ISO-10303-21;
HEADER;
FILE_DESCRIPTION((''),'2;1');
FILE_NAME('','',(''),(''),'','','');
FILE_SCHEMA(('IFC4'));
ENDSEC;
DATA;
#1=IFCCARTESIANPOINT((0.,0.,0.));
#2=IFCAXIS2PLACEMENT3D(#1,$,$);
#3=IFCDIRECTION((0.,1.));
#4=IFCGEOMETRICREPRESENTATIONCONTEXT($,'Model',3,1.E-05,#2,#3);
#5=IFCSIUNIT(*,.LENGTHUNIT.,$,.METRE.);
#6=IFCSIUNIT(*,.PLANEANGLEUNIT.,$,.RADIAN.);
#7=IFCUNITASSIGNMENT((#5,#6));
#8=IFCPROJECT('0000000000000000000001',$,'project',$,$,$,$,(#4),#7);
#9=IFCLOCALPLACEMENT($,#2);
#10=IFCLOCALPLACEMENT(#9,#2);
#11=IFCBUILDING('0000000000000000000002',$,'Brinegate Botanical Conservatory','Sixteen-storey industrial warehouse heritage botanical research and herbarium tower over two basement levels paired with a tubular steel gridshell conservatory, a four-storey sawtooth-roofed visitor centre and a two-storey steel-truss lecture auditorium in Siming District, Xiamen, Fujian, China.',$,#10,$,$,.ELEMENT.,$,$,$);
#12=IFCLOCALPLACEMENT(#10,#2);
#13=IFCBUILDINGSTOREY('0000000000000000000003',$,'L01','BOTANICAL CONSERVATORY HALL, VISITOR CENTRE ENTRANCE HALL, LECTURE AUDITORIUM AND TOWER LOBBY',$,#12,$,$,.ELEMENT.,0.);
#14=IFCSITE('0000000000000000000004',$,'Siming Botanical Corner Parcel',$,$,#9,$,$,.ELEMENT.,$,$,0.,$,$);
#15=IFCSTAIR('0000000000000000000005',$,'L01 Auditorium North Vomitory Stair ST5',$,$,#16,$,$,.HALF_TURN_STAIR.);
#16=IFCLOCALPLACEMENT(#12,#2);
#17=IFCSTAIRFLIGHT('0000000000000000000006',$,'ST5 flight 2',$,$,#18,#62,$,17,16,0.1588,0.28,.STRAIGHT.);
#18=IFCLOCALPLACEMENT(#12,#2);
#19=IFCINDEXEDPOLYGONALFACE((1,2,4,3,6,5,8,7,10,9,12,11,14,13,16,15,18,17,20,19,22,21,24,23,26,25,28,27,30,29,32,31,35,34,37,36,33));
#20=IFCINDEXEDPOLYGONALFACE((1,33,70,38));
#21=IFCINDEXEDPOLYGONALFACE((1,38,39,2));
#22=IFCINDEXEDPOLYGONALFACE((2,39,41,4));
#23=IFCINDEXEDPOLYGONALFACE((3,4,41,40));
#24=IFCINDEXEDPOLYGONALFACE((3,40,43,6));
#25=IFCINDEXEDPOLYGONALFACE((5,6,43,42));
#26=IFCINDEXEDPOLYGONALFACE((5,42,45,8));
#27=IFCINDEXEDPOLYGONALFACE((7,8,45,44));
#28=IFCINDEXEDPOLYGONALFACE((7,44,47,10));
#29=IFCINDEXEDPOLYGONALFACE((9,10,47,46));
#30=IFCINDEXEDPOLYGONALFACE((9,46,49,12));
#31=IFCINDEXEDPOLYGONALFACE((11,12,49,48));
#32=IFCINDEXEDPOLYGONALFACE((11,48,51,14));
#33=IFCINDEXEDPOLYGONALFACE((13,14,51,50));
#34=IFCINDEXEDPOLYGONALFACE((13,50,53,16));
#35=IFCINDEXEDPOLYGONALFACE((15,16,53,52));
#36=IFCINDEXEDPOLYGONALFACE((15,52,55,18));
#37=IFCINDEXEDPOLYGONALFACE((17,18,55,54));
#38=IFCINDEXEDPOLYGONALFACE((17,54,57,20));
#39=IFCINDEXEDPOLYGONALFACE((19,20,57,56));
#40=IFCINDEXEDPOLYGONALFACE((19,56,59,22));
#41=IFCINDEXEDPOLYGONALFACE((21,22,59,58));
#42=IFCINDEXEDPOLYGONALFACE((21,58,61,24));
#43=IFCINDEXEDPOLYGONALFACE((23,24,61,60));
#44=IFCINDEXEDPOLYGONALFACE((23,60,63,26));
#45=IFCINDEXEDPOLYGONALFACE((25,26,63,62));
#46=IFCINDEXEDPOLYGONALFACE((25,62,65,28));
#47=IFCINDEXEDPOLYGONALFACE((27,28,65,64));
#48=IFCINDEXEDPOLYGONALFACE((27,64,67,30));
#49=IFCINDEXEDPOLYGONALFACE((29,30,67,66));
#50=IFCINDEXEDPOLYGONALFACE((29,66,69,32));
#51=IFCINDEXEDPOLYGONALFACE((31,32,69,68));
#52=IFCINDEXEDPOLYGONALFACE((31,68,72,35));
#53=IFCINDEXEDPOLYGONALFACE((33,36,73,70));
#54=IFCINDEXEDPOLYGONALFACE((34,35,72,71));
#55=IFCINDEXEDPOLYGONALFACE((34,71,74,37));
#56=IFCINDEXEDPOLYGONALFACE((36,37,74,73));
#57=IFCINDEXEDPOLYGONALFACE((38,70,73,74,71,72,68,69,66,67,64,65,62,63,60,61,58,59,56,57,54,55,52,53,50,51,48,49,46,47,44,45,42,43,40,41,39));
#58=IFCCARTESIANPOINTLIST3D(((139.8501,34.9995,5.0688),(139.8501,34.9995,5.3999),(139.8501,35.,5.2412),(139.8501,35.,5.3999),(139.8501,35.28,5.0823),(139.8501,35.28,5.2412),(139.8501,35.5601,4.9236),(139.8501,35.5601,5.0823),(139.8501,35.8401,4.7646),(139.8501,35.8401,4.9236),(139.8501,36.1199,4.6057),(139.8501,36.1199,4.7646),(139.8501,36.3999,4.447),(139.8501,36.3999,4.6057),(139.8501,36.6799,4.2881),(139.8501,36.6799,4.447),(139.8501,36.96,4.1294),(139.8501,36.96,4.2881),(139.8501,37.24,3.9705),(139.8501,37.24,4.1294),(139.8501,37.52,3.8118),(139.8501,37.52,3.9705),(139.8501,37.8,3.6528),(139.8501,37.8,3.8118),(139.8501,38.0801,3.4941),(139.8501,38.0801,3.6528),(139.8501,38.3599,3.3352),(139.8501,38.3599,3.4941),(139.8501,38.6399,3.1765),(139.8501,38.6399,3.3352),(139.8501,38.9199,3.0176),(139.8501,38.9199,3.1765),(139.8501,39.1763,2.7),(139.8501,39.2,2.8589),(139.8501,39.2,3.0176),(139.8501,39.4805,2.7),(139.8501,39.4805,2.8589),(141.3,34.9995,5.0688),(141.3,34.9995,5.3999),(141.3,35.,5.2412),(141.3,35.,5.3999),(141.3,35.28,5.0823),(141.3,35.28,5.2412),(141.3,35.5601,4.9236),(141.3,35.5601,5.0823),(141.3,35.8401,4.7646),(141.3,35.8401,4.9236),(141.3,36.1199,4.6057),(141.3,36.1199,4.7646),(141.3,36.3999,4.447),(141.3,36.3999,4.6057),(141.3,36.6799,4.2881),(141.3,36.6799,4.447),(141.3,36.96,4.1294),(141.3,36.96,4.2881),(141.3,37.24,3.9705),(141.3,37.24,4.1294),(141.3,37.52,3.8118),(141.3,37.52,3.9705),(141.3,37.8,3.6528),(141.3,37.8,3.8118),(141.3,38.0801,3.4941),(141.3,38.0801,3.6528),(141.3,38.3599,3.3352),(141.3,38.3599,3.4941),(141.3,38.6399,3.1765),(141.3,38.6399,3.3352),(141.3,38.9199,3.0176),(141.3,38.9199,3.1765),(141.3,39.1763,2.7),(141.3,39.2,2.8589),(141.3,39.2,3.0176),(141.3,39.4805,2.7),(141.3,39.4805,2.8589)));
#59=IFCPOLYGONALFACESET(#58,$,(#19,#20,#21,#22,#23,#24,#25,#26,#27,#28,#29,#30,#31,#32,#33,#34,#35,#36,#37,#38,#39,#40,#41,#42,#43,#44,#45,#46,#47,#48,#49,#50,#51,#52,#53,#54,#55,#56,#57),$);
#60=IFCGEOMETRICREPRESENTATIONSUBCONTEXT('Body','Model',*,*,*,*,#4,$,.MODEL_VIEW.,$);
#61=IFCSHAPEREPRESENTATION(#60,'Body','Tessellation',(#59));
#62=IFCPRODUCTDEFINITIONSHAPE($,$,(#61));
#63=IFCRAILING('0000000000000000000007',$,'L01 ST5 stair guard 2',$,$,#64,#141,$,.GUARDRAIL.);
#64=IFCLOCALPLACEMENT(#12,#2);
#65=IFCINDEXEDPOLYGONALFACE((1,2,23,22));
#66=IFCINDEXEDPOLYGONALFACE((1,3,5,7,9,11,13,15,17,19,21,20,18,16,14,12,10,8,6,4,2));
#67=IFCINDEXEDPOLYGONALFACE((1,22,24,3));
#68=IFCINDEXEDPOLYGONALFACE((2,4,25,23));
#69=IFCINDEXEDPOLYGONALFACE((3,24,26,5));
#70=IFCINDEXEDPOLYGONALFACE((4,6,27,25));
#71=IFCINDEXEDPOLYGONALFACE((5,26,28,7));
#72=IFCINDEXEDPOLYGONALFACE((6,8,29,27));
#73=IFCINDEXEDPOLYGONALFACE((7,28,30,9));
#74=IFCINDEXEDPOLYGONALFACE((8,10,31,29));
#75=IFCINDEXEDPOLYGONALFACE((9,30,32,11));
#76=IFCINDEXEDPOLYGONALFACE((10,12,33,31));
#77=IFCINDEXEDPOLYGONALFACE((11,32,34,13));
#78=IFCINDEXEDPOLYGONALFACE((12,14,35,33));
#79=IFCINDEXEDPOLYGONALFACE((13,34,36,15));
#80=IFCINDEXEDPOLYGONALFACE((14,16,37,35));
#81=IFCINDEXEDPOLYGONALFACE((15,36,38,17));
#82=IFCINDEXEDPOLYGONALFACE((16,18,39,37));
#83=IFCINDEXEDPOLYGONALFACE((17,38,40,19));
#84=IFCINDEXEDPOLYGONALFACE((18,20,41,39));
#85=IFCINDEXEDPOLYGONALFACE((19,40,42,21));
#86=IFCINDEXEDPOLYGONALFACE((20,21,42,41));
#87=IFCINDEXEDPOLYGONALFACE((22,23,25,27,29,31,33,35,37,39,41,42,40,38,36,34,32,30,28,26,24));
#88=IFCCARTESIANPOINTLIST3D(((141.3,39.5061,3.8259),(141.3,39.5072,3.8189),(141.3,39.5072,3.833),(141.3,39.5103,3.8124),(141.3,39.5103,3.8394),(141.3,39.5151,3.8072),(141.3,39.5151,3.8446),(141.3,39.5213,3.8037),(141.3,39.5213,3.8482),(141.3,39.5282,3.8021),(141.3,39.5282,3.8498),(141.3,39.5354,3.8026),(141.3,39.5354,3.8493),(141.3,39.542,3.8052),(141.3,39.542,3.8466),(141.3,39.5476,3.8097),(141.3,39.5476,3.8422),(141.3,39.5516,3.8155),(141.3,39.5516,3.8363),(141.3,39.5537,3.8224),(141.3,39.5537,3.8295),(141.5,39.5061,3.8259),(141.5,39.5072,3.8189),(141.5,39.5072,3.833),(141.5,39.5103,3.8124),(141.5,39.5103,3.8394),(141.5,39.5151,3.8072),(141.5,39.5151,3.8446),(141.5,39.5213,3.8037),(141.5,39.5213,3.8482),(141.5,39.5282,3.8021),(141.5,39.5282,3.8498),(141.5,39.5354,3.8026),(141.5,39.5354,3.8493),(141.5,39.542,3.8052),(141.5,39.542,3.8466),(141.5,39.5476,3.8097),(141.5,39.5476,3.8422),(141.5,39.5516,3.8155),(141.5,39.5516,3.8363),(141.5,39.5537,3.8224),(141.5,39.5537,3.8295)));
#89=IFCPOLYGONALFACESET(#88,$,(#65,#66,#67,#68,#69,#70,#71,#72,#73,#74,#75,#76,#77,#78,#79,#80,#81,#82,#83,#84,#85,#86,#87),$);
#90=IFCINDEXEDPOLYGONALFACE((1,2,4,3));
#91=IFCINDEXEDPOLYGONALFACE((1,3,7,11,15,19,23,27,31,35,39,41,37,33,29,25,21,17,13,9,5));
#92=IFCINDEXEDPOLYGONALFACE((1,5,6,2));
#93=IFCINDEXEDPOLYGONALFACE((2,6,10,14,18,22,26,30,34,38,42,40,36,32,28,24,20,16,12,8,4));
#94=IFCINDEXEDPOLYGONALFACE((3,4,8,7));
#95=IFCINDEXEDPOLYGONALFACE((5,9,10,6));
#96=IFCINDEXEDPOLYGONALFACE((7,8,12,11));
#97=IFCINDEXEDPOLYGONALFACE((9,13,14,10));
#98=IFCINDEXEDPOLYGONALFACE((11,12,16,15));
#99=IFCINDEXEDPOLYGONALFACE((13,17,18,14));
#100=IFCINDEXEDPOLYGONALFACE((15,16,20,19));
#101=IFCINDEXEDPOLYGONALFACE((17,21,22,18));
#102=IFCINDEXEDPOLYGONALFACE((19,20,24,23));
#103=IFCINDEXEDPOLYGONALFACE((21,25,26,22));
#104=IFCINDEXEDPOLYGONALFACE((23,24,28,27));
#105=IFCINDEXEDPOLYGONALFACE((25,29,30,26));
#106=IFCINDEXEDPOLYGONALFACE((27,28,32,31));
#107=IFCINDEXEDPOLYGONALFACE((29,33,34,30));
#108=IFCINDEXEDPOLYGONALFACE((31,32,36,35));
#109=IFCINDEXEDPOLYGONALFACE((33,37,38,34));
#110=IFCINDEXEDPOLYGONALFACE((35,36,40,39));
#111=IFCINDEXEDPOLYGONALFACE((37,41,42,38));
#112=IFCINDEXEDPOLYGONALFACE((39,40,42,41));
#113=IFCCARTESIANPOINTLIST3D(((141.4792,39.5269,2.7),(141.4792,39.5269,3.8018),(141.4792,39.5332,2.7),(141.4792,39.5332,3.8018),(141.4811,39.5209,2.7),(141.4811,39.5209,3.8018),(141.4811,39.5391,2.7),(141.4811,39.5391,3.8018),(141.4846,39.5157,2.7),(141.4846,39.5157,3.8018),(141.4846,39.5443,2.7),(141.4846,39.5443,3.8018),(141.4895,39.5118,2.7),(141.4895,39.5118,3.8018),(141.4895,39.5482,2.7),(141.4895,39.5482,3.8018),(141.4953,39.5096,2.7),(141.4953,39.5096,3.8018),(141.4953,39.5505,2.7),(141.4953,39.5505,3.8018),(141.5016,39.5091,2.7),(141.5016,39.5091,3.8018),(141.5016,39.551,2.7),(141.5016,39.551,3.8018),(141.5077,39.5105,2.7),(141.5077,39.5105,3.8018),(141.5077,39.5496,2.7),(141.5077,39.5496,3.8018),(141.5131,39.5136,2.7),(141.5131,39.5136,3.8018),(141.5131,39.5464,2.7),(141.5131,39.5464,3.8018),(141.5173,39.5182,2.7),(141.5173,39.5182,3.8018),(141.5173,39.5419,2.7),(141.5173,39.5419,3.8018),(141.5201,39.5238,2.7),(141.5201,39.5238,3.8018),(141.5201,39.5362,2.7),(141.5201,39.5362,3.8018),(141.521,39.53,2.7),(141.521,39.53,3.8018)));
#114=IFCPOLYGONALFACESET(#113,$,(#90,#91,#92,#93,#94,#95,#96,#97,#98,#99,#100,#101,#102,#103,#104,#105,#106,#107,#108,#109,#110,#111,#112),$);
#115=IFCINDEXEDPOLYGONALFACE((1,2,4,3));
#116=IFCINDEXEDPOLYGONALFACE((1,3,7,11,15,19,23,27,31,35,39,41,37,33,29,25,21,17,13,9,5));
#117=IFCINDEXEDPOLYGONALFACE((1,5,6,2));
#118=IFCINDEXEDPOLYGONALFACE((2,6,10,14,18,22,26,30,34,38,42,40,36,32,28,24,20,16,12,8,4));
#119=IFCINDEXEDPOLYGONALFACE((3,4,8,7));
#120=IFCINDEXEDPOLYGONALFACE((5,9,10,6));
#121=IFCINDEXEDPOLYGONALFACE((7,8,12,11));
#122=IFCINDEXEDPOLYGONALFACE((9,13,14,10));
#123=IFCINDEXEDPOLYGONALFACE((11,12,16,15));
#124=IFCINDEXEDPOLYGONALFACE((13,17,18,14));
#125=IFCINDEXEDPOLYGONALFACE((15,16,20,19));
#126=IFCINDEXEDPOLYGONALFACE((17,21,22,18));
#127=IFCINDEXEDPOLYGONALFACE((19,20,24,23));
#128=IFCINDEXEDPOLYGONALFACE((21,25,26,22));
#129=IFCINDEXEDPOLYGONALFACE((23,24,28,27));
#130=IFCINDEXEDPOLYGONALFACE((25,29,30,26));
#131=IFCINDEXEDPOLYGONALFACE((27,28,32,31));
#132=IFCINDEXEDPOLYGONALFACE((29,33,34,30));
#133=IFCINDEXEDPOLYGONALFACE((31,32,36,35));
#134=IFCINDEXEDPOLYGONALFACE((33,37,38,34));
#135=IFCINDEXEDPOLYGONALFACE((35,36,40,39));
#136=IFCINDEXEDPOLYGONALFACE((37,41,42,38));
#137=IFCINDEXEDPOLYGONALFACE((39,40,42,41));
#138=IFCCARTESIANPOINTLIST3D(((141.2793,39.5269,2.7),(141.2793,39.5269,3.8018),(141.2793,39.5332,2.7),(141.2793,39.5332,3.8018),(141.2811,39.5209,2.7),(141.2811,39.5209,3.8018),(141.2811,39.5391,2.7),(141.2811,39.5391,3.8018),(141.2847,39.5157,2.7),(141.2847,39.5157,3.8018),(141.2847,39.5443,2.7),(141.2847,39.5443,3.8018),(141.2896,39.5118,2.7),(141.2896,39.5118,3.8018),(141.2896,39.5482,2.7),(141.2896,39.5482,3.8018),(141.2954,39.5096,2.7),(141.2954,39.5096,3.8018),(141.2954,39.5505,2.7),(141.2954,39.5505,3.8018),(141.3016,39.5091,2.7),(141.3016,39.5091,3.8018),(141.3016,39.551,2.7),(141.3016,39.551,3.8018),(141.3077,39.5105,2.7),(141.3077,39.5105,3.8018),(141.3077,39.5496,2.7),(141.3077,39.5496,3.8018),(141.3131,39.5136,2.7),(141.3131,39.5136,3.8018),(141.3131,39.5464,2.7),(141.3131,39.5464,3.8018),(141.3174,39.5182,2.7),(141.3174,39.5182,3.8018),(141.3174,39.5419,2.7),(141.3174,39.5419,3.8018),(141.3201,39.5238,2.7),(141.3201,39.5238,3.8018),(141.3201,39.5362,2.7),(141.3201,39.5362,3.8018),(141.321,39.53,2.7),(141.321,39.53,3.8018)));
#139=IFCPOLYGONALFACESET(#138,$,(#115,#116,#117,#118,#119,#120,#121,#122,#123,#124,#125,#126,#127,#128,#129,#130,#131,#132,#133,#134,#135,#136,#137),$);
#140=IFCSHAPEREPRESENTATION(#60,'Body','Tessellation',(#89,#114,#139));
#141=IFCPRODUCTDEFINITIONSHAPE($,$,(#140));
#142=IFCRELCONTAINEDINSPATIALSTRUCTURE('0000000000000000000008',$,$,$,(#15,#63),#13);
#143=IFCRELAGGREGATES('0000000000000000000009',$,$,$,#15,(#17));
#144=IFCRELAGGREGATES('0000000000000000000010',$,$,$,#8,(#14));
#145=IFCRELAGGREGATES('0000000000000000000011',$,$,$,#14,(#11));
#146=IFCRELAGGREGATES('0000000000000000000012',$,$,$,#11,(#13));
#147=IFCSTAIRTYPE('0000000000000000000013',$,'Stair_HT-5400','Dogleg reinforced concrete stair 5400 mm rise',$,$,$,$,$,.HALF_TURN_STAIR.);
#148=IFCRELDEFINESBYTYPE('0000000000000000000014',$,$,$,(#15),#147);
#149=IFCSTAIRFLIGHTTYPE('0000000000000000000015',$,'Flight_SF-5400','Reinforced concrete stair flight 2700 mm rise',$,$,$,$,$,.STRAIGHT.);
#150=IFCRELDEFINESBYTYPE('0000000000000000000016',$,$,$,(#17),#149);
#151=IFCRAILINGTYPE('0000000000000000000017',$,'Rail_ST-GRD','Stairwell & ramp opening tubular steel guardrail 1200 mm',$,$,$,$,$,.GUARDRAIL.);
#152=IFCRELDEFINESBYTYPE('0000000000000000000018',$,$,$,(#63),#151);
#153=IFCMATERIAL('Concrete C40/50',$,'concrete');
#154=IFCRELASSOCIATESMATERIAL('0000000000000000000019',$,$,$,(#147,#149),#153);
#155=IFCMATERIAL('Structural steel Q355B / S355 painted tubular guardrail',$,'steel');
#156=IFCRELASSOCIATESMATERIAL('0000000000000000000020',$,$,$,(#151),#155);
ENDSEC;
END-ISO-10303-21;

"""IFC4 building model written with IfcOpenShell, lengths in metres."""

from ifc_helpers import new_model, si_unit, direction, frame, origin, origin_2d, place, context, subcontext, project, spatial, polyline, circle, outline, extrude, material, type_object, element, aggregate, save


model = new_model("IFC4")

# Units and contexts
model_context = context("Model", 3, precision=1e-05, world=origin(), true_north=direction((0.0, 1.0)))
body_context = subcontext(model_context, "Body", "Model", "MODEL_VIEW")
ifc_project = project(units=[si_unit("LENGTHUNIT", "METRE"), si_unit("PLANEANGLEUNIT", "RADIAN")], contexts=[model_context])

# Site, building, storey
site_placement = place(None, origin())
site = spatial("IfcSite", under=ifc_project, at=site_placement, Name="Siming Botanical Corner Parcel", CompositionType="ELEMENT", RefElevation=0.0)
building_placement = place(site_placement, origin())
building = spatial("IfcBuilding", under=site, at=building_placement, Name="Brinegate Botanical Conservatory", Description="Sixteen-storey industrial warehouse heritage botanical research and herbarium tower over two basement levels paired with a tubular steel gridshell conservatory, a four-storey sawtooth-roofed visitor centre and a two-storey steel-truss lecture auditorium in Siming District, Xiamen, Fujian, China.", CompositionType="ELEMENT")
storey_placement = place(building_placement, origin())
storey = spatial("IfcBuildingStorey", under=building, at=storey_placement, Name="L01", Description="BOTANICAL CONSERVATORY HALL, VISITOR CENTRE ENTRANCE HALL, LECTURE AUDITORIUM AND TOWER LOBBY", CompositionType="ELEMENT", Elevation=0.0)

# Shared definitions
ifc_material_1 = material(Name="Concrete C40/50", Category="concrete")

# Stair, stair flight
stair_type = type_object("IfcStairType", Name="Stair_HT-5400", Description="Dogleg reinforced concrete stair 5400 mm rise", PredefinedType="HALF_TURN_STAIR", material=ifc_material_1)
stair_placement = place(storey_placement, origin())
stair = element("IfcStair", 1, at=stair_placement, inside=storey, type_object=stair_type, Name="L01 Auditorium North Vomitory Stair ST5", PredefinedType="HALF_TURN_STAIR")
stair_flight_type = type_object("IfcStairFlightType", Name="Flight_SF-5400", Description="Reinforced concrete stair flight 2700 mm rise", PredefinedType="STRAIGHT", material=ifc_material_1)
stair_flight_placement = place(storey_placement, frame((140.575, 39.48, 2.7), z_axis=(0.0, 0.0, 1.0), x_axis=(0.0, -1.0, 0.0)))
stair_flight = element("IfcStairFlight", 2, at=stair_flight_placement, type_object=stair_flight_type, Name="ST5 flight 2", NumberOfRisers=17, NumberOfTreads=16, PredefinedType="STRAIGHT", RiserHeight=0.1588, TreadLength=0.28, context=body_context, shape_type="SweptSolid", body=[
    extrude(outline(polyline([(-0.0005, 0.0), (-0.0005, 0.1589), (0.28, 0.1589), (0.28, 0.3176), (0.5601, 0.3176), (0.5601, 0.4766), (0.8401, 0.4766), (0.8401, 0.6353), (1.1201, 0.6353), (1.1201, 0.7942), (1.3999, 0.7942), (1.3999, 0.9529), (1.6799, 0.9529), (1.6799, 1.1118), (1.96, 1.1118), (1.96, 1.2705), (2.24, 1.2705), (2.24, 1.4294), (2.52, 1.4294), (2.52, 1.5881), (2.8, 1.5881), (2.8, 1.7471), (3.0801, 1.7471), (3.0801, 1.9058), (3.3601, 1.9058), (3.3601, 2.0647), (3.6399, 2.0647), (3.6399, 2.2236), (3.9199, 2.2236), (3.9199, 2.3823), (4.2, 2.3823), (4.2, 2.5413), (4.48, 2.5413), (4.48, 2.7), (4.4805, 2.7), (4.4805, 2.3689), (0.3037, 0.0), (-0.0005, 0.0)])), frame((0.0, 0.7251, 0.0), z_axis=(0.0, -1.0, 0.0), x_axis=(1.0, 0.0, 0.0)), (0.0, 0.0, 1.0), 1.45),
])
aggregate(stair, [stair_flight])

# Railing
ifc_material_2 = material(Name="Structural steel Q355B / S355 painted tubular guardrail", Category="steel")
railing_type = type_object("IfcRailingType", Name="Rail_ST-GRD", Description="Stairwell & ramp opening tubular steel guardrail 1200 mm", PredefinedType="GUARDRAIL", material=ifc_material_2)
railing_1_placement = place(storey_placement, frame((141.5, 39.53, 2.7)))
element("IfcRailing", 3, at=railing_1_placement, inside=storey, type_object=railing_type, Name="L01 ST5 stair guard 2", PredefinedType="GUARDRAIL", context=body_context, shape_type="SweptSolid", body=[
    extrude(circle(Radius=0.0239, at=origin_2d()), frame((0.0, 0.0, 1.126), z_axis=(-1.0, 0.0, 0.0), x_axis=(0.0, -1.0, 0.0)), (0.0, 0.0, 1.0), 0.2),
    extrude(circle(Radius=0.021, at=origin_2d()), origin(), (0.0, 0.0, 1.0), 1.1018),
    extrude(circle(Radius=0.021, at=origin_2d()), frame((-0.2, 0.0, 0.0)), (0.0, 0.0, 1.0), 1.1018),
])

save(model, "model.ifc")
